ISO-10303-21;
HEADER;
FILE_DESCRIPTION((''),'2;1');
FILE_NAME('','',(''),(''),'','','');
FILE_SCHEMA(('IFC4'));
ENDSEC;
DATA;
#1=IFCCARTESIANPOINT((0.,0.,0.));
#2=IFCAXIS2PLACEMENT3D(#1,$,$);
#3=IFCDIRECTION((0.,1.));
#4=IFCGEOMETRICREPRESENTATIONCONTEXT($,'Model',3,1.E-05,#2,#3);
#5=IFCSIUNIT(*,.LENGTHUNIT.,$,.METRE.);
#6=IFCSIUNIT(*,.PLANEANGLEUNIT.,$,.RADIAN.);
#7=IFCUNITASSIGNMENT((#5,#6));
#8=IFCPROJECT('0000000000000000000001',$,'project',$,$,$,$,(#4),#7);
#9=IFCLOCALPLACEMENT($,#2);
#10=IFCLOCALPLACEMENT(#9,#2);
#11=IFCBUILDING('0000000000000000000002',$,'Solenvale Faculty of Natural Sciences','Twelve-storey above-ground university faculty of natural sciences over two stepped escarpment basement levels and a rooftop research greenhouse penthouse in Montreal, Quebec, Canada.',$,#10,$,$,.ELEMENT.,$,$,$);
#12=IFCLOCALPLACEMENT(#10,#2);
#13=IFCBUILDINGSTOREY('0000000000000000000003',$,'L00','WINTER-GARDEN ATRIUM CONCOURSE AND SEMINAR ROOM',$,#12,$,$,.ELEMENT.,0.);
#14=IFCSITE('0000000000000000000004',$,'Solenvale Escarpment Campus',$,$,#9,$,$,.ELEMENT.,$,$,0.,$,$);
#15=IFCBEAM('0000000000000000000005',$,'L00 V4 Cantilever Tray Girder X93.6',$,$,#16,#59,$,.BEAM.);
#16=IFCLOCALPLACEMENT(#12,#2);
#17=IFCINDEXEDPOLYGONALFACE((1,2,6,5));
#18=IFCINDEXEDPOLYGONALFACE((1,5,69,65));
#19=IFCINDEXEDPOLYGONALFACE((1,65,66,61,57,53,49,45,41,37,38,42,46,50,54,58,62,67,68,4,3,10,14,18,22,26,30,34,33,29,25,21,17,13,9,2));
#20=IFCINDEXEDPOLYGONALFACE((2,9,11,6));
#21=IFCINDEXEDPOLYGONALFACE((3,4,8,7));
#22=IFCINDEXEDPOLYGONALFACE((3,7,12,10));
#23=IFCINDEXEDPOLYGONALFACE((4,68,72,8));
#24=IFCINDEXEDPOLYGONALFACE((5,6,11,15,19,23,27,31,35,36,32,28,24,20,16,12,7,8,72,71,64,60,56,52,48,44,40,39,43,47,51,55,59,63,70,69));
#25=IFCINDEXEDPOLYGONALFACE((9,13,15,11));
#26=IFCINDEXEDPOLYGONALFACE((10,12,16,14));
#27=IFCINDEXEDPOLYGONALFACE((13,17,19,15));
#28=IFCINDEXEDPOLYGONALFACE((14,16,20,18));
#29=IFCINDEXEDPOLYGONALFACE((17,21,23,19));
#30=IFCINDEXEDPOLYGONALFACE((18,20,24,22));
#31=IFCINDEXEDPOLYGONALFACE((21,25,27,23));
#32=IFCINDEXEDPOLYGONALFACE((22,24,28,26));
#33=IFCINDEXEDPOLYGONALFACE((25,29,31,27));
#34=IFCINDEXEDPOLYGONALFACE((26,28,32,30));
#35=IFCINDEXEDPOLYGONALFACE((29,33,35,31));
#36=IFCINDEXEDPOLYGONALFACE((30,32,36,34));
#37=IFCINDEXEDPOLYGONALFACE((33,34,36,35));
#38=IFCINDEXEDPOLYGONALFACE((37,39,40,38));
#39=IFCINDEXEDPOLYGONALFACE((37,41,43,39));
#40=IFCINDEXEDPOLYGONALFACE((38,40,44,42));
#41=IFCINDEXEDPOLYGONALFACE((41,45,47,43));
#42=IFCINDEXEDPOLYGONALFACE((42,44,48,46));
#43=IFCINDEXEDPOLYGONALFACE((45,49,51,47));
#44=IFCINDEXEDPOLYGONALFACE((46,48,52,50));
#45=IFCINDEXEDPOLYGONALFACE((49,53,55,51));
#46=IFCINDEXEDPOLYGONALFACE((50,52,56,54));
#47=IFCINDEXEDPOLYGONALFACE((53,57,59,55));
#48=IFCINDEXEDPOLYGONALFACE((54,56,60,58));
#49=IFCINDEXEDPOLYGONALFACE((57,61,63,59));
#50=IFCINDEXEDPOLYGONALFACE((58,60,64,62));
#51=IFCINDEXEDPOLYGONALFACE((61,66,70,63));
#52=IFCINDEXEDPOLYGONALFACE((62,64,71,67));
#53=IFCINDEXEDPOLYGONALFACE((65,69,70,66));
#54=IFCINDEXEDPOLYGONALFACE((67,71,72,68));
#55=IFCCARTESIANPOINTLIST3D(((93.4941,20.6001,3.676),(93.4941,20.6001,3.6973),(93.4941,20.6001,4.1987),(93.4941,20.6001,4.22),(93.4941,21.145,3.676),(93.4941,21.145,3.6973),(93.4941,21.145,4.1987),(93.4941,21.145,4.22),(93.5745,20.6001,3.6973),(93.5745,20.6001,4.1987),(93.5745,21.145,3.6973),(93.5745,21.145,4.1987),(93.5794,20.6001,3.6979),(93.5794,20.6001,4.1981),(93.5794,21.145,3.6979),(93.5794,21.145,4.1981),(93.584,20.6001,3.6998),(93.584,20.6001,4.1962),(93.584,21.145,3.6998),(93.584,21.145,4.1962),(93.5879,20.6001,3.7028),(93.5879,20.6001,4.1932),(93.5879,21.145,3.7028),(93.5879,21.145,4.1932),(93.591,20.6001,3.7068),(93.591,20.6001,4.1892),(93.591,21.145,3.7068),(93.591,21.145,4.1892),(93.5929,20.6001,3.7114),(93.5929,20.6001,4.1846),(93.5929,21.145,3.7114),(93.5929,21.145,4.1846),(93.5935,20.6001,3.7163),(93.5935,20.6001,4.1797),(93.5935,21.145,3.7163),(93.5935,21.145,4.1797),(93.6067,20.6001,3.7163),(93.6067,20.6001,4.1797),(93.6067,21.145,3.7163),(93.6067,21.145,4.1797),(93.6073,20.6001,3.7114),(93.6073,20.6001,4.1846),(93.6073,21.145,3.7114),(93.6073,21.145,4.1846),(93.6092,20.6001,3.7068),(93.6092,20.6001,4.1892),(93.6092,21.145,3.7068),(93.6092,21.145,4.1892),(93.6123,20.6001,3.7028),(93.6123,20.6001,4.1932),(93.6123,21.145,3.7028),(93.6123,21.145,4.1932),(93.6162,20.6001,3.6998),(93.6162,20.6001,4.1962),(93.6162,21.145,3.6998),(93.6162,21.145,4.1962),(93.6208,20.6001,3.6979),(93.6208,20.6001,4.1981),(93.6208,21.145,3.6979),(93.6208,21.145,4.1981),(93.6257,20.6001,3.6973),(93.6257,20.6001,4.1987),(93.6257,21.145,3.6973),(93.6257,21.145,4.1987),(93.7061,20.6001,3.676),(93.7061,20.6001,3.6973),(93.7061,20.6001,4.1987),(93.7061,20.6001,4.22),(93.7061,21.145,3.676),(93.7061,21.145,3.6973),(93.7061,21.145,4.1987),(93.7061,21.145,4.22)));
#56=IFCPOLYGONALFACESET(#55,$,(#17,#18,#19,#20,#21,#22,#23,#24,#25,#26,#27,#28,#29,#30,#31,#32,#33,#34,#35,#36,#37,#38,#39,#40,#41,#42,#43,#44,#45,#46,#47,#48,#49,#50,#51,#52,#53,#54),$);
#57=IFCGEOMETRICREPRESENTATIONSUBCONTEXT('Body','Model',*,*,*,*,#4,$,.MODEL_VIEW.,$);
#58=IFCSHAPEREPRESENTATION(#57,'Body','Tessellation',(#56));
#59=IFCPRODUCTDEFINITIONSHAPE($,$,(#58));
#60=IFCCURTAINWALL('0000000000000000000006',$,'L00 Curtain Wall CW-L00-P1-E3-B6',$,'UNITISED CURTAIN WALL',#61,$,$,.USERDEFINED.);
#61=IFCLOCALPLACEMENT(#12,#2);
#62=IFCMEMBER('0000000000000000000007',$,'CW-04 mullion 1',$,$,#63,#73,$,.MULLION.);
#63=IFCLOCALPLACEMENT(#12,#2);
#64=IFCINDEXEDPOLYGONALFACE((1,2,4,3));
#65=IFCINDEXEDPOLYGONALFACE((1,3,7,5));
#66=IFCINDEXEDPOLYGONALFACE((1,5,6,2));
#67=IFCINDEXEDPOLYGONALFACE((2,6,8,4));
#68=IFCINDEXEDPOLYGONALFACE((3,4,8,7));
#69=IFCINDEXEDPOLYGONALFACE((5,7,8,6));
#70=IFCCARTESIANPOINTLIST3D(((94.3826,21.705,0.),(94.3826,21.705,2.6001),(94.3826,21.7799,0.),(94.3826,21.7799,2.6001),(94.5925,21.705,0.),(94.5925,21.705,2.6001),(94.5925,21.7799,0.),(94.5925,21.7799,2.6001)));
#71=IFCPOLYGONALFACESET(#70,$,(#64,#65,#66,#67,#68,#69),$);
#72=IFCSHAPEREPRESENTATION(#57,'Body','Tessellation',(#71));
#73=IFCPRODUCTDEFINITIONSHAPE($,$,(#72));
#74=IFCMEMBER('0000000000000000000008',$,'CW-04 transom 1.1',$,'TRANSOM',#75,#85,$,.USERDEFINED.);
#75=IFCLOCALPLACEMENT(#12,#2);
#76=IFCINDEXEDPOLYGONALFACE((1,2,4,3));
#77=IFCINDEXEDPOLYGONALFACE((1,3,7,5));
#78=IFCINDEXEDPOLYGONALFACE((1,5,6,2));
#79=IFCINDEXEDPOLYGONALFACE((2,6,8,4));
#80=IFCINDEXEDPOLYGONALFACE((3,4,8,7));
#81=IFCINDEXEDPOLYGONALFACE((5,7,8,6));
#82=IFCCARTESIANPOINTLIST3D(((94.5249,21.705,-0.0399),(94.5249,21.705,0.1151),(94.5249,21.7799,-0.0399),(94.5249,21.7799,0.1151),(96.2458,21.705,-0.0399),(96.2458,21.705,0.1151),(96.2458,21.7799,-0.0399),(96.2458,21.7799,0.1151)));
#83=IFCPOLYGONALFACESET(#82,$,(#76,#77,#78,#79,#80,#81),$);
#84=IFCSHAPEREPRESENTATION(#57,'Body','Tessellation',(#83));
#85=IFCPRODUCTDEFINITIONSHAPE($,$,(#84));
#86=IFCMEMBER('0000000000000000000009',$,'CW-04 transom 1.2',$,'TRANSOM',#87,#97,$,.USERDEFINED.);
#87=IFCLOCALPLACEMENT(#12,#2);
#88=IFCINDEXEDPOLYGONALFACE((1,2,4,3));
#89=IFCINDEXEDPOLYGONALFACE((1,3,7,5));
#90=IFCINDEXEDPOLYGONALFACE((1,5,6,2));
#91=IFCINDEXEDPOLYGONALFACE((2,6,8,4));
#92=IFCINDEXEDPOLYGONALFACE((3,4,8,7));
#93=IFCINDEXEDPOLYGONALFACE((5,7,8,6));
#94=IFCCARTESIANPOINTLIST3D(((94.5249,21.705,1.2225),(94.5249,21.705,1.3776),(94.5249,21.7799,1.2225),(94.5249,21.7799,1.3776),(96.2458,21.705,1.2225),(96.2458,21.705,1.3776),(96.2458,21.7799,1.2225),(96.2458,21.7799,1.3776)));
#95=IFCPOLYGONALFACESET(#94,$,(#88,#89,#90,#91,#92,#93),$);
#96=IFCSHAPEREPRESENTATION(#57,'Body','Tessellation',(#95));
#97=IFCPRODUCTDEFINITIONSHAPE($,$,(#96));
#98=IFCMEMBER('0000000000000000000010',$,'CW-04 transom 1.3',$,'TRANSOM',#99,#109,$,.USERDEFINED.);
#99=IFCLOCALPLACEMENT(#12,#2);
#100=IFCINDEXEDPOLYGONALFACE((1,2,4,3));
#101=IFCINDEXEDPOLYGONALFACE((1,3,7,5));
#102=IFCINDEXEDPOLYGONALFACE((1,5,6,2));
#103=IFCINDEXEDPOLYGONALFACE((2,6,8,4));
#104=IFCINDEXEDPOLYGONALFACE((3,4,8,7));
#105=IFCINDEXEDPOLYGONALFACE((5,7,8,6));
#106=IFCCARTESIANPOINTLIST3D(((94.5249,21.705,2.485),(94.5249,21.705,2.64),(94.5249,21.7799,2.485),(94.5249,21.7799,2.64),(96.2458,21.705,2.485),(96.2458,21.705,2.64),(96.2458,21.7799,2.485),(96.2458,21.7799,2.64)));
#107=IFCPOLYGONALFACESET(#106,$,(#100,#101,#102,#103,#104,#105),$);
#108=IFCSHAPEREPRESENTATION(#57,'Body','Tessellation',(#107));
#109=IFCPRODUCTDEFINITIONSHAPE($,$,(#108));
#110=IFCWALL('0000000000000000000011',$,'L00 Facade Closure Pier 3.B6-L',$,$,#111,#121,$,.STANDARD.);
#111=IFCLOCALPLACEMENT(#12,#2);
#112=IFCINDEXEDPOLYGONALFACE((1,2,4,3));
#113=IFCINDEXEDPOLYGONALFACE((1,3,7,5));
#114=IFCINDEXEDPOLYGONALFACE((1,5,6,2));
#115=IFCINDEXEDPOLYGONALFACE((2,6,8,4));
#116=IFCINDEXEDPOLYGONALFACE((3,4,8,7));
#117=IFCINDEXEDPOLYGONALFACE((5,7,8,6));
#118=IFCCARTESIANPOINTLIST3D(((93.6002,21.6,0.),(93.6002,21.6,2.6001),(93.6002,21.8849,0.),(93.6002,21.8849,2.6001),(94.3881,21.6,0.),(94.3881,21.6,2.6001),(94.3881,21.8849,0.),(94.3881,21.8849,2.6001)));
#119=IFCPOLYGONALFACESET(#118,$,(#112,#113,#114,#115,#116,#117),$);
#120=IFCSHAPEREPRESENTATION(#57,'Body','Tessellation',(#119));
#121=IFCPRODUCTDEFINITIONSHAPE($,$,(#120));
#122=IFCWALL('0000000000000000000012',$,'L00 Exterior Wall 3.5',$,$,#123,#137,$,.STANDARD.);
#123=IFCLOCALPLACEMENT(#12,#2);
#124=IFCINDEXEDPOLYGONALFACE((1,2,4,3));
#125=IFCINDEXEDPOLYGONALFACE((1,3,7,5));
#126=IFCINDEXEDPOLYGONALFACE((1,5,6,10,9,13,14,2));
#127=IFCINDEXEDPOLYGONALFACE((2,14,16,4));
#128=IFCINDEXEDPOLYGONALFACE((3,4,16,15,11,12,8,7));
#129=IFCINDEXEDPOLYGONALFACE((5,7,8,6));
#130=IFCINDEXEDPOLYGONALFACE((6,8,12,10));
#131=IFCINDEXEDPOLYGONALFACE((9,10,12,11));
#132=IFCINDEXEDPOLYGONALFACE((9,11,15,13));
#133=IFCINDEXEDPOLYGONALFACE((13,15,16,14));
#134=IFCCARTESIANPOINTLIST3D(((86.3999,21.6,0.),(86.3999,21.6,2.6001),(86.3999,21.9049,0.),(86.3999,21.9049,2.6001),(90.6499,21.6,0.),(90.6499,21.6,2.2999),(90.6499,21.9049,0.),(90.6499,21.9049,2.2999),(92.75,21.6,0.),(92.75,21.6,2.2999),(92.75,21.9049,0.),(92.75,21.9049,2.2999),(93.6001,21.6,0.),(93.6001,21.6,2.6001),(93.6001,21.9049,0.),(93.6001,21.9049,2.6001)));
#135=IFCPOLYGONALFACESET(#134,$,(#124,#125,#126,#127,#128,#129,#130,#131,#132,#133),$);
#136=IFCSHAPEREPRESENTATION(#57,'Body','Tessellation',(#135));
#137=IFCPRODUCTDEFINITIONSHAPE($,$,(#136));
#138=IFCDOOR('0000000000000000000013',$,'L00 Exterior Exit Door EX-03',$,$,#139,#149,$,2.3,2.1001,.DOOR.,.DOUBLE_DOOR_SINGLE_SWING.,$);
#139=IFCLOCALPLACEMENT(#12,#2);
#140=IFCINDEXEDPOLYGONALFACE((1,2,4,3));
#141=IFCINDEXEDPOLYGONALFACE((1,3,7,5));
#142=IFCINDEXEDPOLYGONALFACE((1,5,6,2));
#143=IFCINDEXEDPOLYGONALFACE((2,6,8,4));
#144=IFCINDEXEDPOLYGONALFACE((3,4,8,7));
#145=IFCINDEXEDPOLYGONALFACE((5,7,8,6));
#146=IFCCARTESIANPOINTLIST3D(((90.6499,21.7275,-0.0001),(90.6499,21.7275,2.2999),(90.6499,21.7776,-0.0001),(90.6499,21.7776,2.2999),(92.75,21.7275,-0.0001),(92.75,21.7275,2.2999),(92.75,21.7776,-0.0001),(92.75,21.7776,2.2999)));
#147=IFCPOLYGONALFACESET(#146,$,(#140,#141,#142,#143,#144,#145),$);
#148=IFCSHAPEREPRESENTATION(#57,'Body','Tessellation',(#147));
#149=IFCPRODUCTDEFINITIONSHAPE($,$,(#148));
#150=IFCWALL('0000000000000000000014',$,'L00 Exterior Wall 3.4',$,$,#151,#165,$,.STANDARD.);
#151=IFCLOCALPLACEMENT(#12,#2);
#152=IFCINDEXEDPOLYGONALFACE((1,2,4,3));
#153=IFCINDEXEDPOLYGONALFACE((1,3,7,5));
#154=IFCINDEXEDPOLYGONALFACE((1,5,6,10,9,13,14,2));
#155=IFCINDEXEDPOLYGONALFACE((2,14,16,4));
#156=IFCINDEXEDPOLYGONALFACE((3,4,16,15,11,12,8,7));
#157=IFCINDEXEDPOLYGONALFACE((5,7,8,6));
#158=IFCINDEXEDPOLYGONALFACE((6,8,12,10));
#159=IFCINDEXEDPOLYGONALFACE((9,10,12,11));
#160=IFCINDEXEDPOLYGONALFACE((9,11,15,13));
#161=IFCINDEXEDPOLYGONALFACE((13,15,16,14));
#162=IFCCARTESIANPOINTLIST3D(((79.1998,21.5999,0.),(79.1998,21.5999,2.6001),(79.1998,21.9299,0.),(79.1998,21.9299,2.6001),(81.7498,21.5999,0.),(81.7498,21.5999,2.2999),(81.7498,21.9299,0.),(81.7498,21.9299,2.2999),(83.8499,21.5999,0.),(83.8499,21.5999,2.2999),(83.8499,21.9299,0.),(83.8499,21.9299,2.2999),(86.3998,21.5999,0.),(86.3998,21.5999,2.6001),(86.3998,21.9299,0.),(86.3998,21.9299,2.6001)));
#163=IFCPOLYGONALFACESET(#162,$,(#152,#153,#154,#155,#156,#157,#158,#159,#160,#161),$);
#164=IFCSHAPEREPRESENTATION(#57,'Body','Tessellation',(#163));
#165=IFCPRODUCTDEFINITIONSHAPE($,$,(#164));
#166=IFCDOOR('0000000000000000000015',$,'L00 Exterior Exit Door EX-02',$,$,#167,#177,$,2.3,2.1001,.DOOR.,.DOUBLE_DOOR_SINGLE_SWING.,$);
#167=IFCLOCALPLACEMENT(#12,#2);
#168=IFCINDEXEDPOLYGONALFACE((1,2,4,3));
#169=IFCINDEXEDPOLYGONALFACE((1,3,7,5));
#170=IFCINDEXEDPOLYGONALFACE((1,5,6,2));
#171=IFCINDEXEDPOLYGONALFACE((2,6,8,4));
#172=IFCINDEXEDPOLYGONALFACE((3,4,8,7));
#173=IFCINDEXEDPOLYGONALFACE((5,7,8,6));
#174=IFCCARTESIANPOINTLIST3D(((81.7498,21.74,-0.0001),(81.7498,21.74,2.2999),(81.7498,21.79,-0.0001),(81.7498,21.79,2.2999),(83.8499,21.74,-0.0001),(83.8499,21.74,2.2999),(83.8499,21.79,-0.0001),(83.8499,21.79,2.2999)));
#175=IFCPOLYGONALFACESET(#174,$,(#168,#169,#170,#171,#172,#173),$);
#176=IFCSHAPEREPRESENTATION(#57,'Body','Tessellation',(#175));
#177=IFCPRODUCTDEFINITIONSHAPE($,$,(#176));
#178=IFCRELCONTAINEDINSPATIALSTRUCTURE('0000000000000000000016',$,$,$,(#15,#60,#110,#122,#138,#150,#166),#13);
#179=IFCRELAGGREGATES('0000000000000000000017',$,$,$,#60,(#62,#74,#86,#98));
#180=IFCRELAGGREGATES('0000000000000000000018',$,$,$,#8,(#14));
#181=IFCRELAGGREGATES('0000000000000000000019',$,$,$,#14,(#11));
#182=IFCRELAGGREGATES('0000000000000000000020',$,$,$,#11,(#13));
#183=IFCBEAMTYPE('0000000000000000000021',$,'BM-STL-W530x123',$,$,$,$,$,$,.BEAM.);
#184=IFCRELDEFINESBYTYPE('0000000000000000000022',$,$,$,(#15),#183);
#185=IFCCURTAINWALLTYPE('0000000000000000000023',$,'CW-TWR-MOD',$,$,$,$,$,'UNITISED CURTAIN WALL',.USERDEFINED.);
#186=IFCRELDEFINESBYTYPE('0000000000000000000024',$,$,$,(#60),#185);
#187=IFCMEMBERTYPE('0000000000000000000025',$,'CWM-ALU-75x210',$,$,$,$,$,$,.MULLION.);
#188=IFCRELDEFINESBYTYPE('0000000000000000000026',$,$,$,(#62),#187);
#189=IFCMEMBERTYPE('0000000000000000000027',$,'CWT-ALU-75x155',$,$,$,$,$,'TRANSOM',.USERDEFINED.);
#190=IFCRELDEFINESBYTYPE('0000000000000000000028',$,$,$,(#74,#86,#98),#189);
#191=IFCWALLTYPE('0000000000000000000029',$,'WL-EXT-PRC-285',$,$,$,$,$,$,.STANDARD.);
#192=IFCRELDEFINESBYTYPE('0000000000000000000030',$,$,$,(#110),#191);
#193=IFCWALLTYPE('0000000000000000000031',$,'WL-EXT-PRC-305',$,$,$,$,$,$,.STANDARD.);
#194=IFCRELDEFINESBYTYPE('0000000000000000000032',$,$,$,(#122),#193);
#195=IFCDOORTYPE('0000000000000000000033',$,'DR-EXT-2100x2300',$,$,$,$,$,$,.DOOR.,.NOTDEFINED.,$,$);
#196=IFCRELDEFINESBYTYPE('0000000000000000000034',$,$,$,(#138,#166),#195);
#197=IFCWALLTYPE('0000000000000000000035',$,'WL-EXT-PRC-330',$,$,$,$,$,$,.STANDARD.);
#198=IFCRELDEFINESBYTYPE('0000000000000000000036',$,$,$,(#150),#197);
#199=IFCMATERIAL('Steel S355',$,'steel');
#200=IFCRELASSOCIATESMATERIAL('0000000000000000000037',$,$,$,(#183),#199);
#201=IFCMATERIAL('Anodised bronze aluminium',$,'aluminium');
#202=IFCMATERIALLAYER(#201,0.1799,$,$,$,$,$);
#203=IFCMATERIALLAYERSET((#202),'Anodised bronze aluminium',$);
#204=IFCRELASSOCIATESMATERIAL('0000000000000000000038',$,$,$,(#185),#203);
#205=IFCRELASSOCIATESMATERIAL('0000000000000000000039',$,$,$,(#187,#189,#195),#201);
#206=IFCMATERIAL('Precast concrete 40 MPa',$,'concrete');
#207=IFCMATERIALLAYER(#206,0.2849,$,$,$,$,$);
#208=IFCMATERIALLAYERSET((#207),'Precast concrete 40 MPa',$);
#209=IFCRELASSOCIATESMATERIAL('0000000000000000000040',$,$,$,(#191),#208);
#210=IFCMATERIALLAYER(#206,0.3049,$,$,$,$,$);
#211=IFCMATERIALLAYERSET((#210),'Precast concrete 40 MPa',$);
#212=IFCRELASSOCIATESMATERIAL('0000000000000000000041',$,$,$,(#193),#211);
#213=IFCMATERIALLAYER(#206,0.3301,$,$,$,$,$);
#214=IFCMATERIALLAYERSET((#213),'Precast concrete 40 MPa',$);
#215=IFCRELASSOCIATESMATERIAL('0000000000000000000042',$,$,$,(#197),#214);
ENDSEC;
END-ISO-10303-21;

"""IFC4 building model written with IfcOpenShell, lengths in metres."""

from ifc_helpers import new_model, si_unit, direction, frame, frame_2d, origin, origin_2d, place, context, subcontext, project, spatial, rectangle, i_section, extrude, material, layer, layer_set, material_profile, profile_set, type_object, element, fill, aggregate, save


model = new_model("IFC4")

# Units and contexts
model_context = context("Model", 3, precision=1e-05, world=origin(), true_north=direction((0.0, 1.0)))
body_context = subcontext(model_context, "Body", "Model", "MODEL_VIEW")
ifc_project = project(units=[si_unit("LENGTHUNIT", "METRE"), si_unit("PLANEANGLEUNIT", "RADIAN")], contexts=[model_context])

# Site, building, storey
site_placement = place(None, origin())
site = spatial("IfcSite", under=ifc_project, at=site_placement, Name="Solenvale Escarpment Campus", CompositionType="ELEMENT", RefElevation=0.0)
building_placement = place(site_placement, origin())
building = spatial("IfcBuilding", under=site, at=building_placement, Name="Solenvale Faculty of Natural Sciences", Description="Twelve-storey above-ground university faculty of natural sciences over two stepped escarpment basement levels and a rooftop research greenhouse penthouse in Montreal, Quebec, Canada.", CompositionType="ELEMENT")
storey_placement = place(building_placement, origin())
storey = spatial("IfcBuildingStorey", under=building, at=storey_placement, Name="L00", Description="WINTER-GARDEN ATRIUM CONCOURSE AND SEMINAR ROOM", CompositionType="ELEMENT", Elevation=0.0)

# Beam
ifc_material_1 = material(Name="Steel S355", Category="steel")
ifc_material_profile_1 = material_profile(ifc_material_1, i_section(OverallWidth=0.2119, OverallDepth=0.5439, WebThickness=0.0132, FlangeThickness=0.0212, FilletRadius=0.019, at=origin_2d()), Name="W530x123")
ifc_profile_set_1 = profile_set([ifc_material_profile_1], Name="Steel S355")
beam_type_1 = type_object("IfcBeamType", Name="BM-STL-W530x123", PredefinedType="BEAM", material=ifc_profile_set_1)
for number, where, z_axis, x_axis, name in (
    (1, (93.6001, 21.145, 3.948), (0.0, -1.0, 0.0), (1.0, 0.0, 0.0), "L00 V4 Cantilever Tray Girder X93.6"),
):
    element("IfcBeam", number, at=place(storey_placement, frame(where, z_axis=z_axis, x_axis=x_axis)), inside=storey, type_object=beam_type_1, Name=name, PredefinedType="BEAM", context=body_context, shape_type="SweptSolid", body=[
        extrude(i_section(OverallWidth=0.2119, OverallDepth=0.5439, WebThickness=0.0132, FlangeThickness=0.0212, FilletRadius=0.019, at=origin_2d()), origin(), (0.0, 0.0, 1.0), 0.5449),
    ])

# Curtain wall, members
ifc_material_2 = material(Name="Anodised bronze aluminium", Category="aluminium")
ifc_layer_1 = layer(ifc_material_2, 0.1799)
ifc_layer_set_1 = layer_set([ifc_layer_1], Name="Anodised bronze aluminium")
curtain_wall_type = type_object("IfcCurtainWallType", Name="CW-TWR-MOD", ElementType="UNITISED CURTAIN WALL", PredefinedType="USERDEFINED", material=ifc_layer_set_1)
curtain_wall_placement = place(storey_placement, origin())
curtain_wall = element("IfcCurtainWall", 2, at=curtain_wall_placement, inside=storey, type_object=curtain_wall_type, Name="L00 Curtain Wall CW-L00-P1-E3-B6", ObjectType="UNITISED CURTAIN WALL", PredefinedType="USERDEFINED")
ifc_material_profile_2 = material_profile(ifc_material_2, rectangle(XDim=0.075, YDim=0.21, at=origin_2d()), Name="ALU-MUL-75x210")
ifc_profile_set_2 = profile_set([ifc_material_profile_2], Name="Anodised bronze aluminium")
member_type_1 = type_object("IfcMemberType", Name="CWM-ALU-75x210", PredefinedType="MULLION", material=ifc_profile_set_2)
member_1_placement = place(storey_placement, frame((94.4875, 21.7424, 0.0), z_axis=(0.0, 0.0, 1.0), x_axis=(0.0, 1.0, 0.0)))
member_1 = element("IfcMember", 3, at=member_1_placement, type_object=member_type_1, Name="CW-04 mullion 1", PredefinedType="MULLION", context=body_context, shape_type="SweptSolid", body=[
    extrude(rectangle(XDim=0.075, YDim=0.21, at=origin_2d()), origin(), (0.0, 0.0, 1.0), 2.6001),
])
ifc_material_profile_3 = material_profile(ifc_material_2, rectangle(XDim=0.075, YDim=0.155, at=origin_2d()), Name="ALU-TRN-75x155")
ifc_profile_set_3 = profile_set([ifc_material_profile_3], Name="Anodised bronze aluminium")
member_type_2 = type_object("IfcMemberType", Name="CWT-ALU-75x155", ElementType="TRANSOM", PredefinedType="USERDEFINED", material=ifc_profile_set_3)
member_2_placement = place(storey_placement, frame((94.5249, 21.7424, 0.0376), z_axis=(1.0, 0.0, 0.0), x_axis=(0.0, 1.0, 0.0)))
member_2 = element("IfcMember", 4, at=member_2_placement, type_object=member_type_2, Name="CW-04 transom 1.1", ObjectType="TRANSOM", PredefinedType="USERDEFINED", context=body_context, shape_type="SweptSolid", body=[
    extrude(rectangle(XDim=0.075, YDim=0.155, at=origin_2d()), origin(), (0.0, 0.0, 1.0), 1.7209),
])
member_3_placement = place(storey_placement, frame((94.5249, 21.7424, 1.3), z_axis=(1.0, 0.0, 0.0), x_axis=(0.0, 1.0, 0.0)))
member_3 = element("IfcMember", 5, at=member_3_placement, type_object=member_type_2, Name="CW-04 transom 1.2", ObjectType="TRANSOM", PredefinedType="USERDEFINED", context=body_context, shape_type="SweptSolid", body=[
    extrude(rectangle(XDim=0.075, YDim=0.155, at=origin_2d()), origin(), (0.0, 0.0, 1.0), 1.7209),
])
member_4_placement = place(storey_placement, frame((94.5249, 21.7424, 2.5625), z_axis=(1.0, 0.0, 0.0), x_axis=(0.0, 1.0, 0.0)))
member_4 = element("IfcMember", 6, at=member_4_placement, type_object=member_type_2, Name="CW-04 transom 1.3", ObjectType="TRANSOM", PredefinedType="USERDEFINED", context=body_context, shape_type="SweptSolid", body=[
    extrude(rectangle(XDim=0.075, YDim=0.155, at=origin_2d()), origin(), (0.0, 0.0, 1.0), 1.7209),
])
aggregate(curtain_wall, [member_1, member_2, member_3, member_4])

# Wall
ifc_material_3 = material(Name="Precast concrete 40 MPa", Category="concrete")
ifc_layer_2 = layer(ifc_material_3, 0.2849)
ifc_layer_set_2 = layer_set([ifc_layer_2], Name="Precast concrete 40 MPa")
wall_type_1 = type_object("IfcWallType", Name="WL-EXT-PRC-285", PredefinedType="STANDARD", material=ifc_layer_set_2)
wall_1_placement = place(storey_placement, frame((93.6001, 21.7424, 0.0), z_axis=(0.0, 0.0, 1.0), x_axis=(1.0, 0.0, 0.0)))
element("IfcWall", 7, at=wall_1_placement, inside=storey, type_object=wall_type_1, Name="L00 Facade Closure Pier 3.B6-L", PredefinedType="STANDARD", context=body_context, shape_type="SweptSolid", body=[
    extrude(rectangle(XDim=0.7878, YDim=0.2849, at=frame_2d((0.394, 0.0))), origin(), (0.0, 0.0, 1.0), 2.6001),
])

# Walls, openings, doors
ifc_layer_3 = layer(ifc_material_3, 0.3049)
ifc_layer_set_3 = layer_set([ifc_layer_3], Name="Precast concrete 40 MPa")
wall_type_2 = type_object("IfcWallType", Name="WL-EXT-PRC-305", PredefinedType="STANDARD", material=ifc_layer_set_3)
wall_2_placement = place(storey_placement, frame((93.6001, 21.7524, 0.0), z_axis=(0.0, 0.0, 1.0), x_axis=(-1.0, 0.0, 0.0)))
wall_2 = element("IfcWall", 8, at=wall_2_placement, inside=storey, type_object=wall_type_2, Name="L00 Exterior Wall 3.5", PredefinedType="STANDARD", context=body_context, shape_type="SweptSolid", body=[
    extrude(rectangle(XDim=7.2002, YDim=0.3049, at=frame_2d((3.6001, 0.0))), origin(), (0.0, 0.0, 1.0), 2.6001),
])
opening_1_placement = place(wall_2_placement, frame((0.8501, 0.0, 0.0)))
opening_1 = element("IfcOpeningElement", 9, at=opening_1_placement, cuts=wall_2, PredefinedType="OPENING", context=body_context, shape_type="SweptSolid", body=[
    extrude(rectangle(XDim=2.1001, YDim=2.3, at=frame_2d((1.05, 1.1499))), frame((0.0, 0.1624, 0.0), z_axis=(0.0, -1.0, 0.0), x_axis=(1.0, 0.0, 0.0)), (0.0, 0.0, 1.0), 0.325),
])
door_type_1 = type_object("IfcDoorType", Name="DR-EXT-2100x2300", OperationType="NOTDEFINED", PredefinedType="DOOR", material=ifc_material_2)
door_1_placement = place(opening_1_placement, origin())
door_1 = element("IfcDoor", 10, at=door_1_placement, inside=storey, type_object=door_type_1, Name="L00 Exterior Exit Door EX-03", OperationType="DOUBLE_DOOR_SINGLE_SWING", OverallHeight=2.3, OverallWidth=2.1001, PredefinedType="DOOR", context=body_context, shape_type="SweptSolid", body=[
    extrude(rectangle(XDim=2.1001, YDim=2.3, at=frame_2d((1.05, 1.1499))), frame((0.0, 0.0249, 0.0), z_axis=(0.0, -1.0, 0.0), x_axis=(1.0, 0.0, 0.0)), (0.0, 0.0, 1.0), 0.05),
])
fill(opening_1, door_1)
ifc_layer_4 = layer(ifc_material_3, 0.3301)
ifc_layer_set_4 = layer_set([ifc_layer_4], Name="Precast concrete 40 MPa")
wall_type_3 = type_object("IfcWallType", Name="WL-EXT-PRC-330", PredefinedType="STANDARD", material=ifc_layer_set_4)
wall_3_placement = place(storey_placement, frame((86.3999, 21.7649, 0.0), z_axis=(0.0, 0.0, 1.0), x_axis=(-1.0, 0.0, 0.0)))
wall_3 = element("IfcWall", 11, at=wall_3_placement, inside=storey, type_object=wall_type_3, Name="L00 Exterior Wall 3.4", PredefinedType="STANDARD", context=body_context, shape_type="SweptSolid", body=[
    extrude(rectangle(XDim=7.2, YDim=0.3301, at=frame_2d((3.6001, 0.0))), origin(), (0.0, 0.0, 1.0), 2.6001),
])
opening_2_placement = place(wall_3_placement, frame((2.55, 0.0, 0.0)))
opening_2 = element("IfcOpeningElement", 12, at=opening_2_placement, cuts=wall_3, PredefinedType="OPENING", context=body_context, shape_type="SweptSolid", body=[
    extrude(rectangle(XDim=2.1001, YDim=2.3, at=frame_2d((1.05, 1.1499))), frame((0.0, 0.175, 0.0), z_axis=(0.0, -1.0, 0.0), x_axis=(1.0, 0.0, 0.0)), (0.0, 0.0, 1.0), 0.3501),
])
door_2_placement = place(opening_2_placement, origin())
door_2 = element("IfcDoor", 13, at=door_2_placement, inside=storey, type_object=door_type_1, Name="L00 Exterior Exit Door EX-02", OperationType="DOUBLE_DOOR_SINGLE_SWING", OverallHeight=2.3, OverallWidth=2.1001, PredefinedType="DOOR", context=body_context, shape_type="SweptSolid", body=[
    extrude(rectangle(XDim=2.1001, YDim=2.3, at=frame_2d((1.05, 1.1499))), frame((0.0, 0.0249, 0.0), z_axis=(0.0, -1.0, 0.0), x_axis=(1.0, 0.0, 0.0)), (0.0, 0.0, 1.0), 0.05),
])
fill(opening_2, door_2)

save(model, "model.ifc")
